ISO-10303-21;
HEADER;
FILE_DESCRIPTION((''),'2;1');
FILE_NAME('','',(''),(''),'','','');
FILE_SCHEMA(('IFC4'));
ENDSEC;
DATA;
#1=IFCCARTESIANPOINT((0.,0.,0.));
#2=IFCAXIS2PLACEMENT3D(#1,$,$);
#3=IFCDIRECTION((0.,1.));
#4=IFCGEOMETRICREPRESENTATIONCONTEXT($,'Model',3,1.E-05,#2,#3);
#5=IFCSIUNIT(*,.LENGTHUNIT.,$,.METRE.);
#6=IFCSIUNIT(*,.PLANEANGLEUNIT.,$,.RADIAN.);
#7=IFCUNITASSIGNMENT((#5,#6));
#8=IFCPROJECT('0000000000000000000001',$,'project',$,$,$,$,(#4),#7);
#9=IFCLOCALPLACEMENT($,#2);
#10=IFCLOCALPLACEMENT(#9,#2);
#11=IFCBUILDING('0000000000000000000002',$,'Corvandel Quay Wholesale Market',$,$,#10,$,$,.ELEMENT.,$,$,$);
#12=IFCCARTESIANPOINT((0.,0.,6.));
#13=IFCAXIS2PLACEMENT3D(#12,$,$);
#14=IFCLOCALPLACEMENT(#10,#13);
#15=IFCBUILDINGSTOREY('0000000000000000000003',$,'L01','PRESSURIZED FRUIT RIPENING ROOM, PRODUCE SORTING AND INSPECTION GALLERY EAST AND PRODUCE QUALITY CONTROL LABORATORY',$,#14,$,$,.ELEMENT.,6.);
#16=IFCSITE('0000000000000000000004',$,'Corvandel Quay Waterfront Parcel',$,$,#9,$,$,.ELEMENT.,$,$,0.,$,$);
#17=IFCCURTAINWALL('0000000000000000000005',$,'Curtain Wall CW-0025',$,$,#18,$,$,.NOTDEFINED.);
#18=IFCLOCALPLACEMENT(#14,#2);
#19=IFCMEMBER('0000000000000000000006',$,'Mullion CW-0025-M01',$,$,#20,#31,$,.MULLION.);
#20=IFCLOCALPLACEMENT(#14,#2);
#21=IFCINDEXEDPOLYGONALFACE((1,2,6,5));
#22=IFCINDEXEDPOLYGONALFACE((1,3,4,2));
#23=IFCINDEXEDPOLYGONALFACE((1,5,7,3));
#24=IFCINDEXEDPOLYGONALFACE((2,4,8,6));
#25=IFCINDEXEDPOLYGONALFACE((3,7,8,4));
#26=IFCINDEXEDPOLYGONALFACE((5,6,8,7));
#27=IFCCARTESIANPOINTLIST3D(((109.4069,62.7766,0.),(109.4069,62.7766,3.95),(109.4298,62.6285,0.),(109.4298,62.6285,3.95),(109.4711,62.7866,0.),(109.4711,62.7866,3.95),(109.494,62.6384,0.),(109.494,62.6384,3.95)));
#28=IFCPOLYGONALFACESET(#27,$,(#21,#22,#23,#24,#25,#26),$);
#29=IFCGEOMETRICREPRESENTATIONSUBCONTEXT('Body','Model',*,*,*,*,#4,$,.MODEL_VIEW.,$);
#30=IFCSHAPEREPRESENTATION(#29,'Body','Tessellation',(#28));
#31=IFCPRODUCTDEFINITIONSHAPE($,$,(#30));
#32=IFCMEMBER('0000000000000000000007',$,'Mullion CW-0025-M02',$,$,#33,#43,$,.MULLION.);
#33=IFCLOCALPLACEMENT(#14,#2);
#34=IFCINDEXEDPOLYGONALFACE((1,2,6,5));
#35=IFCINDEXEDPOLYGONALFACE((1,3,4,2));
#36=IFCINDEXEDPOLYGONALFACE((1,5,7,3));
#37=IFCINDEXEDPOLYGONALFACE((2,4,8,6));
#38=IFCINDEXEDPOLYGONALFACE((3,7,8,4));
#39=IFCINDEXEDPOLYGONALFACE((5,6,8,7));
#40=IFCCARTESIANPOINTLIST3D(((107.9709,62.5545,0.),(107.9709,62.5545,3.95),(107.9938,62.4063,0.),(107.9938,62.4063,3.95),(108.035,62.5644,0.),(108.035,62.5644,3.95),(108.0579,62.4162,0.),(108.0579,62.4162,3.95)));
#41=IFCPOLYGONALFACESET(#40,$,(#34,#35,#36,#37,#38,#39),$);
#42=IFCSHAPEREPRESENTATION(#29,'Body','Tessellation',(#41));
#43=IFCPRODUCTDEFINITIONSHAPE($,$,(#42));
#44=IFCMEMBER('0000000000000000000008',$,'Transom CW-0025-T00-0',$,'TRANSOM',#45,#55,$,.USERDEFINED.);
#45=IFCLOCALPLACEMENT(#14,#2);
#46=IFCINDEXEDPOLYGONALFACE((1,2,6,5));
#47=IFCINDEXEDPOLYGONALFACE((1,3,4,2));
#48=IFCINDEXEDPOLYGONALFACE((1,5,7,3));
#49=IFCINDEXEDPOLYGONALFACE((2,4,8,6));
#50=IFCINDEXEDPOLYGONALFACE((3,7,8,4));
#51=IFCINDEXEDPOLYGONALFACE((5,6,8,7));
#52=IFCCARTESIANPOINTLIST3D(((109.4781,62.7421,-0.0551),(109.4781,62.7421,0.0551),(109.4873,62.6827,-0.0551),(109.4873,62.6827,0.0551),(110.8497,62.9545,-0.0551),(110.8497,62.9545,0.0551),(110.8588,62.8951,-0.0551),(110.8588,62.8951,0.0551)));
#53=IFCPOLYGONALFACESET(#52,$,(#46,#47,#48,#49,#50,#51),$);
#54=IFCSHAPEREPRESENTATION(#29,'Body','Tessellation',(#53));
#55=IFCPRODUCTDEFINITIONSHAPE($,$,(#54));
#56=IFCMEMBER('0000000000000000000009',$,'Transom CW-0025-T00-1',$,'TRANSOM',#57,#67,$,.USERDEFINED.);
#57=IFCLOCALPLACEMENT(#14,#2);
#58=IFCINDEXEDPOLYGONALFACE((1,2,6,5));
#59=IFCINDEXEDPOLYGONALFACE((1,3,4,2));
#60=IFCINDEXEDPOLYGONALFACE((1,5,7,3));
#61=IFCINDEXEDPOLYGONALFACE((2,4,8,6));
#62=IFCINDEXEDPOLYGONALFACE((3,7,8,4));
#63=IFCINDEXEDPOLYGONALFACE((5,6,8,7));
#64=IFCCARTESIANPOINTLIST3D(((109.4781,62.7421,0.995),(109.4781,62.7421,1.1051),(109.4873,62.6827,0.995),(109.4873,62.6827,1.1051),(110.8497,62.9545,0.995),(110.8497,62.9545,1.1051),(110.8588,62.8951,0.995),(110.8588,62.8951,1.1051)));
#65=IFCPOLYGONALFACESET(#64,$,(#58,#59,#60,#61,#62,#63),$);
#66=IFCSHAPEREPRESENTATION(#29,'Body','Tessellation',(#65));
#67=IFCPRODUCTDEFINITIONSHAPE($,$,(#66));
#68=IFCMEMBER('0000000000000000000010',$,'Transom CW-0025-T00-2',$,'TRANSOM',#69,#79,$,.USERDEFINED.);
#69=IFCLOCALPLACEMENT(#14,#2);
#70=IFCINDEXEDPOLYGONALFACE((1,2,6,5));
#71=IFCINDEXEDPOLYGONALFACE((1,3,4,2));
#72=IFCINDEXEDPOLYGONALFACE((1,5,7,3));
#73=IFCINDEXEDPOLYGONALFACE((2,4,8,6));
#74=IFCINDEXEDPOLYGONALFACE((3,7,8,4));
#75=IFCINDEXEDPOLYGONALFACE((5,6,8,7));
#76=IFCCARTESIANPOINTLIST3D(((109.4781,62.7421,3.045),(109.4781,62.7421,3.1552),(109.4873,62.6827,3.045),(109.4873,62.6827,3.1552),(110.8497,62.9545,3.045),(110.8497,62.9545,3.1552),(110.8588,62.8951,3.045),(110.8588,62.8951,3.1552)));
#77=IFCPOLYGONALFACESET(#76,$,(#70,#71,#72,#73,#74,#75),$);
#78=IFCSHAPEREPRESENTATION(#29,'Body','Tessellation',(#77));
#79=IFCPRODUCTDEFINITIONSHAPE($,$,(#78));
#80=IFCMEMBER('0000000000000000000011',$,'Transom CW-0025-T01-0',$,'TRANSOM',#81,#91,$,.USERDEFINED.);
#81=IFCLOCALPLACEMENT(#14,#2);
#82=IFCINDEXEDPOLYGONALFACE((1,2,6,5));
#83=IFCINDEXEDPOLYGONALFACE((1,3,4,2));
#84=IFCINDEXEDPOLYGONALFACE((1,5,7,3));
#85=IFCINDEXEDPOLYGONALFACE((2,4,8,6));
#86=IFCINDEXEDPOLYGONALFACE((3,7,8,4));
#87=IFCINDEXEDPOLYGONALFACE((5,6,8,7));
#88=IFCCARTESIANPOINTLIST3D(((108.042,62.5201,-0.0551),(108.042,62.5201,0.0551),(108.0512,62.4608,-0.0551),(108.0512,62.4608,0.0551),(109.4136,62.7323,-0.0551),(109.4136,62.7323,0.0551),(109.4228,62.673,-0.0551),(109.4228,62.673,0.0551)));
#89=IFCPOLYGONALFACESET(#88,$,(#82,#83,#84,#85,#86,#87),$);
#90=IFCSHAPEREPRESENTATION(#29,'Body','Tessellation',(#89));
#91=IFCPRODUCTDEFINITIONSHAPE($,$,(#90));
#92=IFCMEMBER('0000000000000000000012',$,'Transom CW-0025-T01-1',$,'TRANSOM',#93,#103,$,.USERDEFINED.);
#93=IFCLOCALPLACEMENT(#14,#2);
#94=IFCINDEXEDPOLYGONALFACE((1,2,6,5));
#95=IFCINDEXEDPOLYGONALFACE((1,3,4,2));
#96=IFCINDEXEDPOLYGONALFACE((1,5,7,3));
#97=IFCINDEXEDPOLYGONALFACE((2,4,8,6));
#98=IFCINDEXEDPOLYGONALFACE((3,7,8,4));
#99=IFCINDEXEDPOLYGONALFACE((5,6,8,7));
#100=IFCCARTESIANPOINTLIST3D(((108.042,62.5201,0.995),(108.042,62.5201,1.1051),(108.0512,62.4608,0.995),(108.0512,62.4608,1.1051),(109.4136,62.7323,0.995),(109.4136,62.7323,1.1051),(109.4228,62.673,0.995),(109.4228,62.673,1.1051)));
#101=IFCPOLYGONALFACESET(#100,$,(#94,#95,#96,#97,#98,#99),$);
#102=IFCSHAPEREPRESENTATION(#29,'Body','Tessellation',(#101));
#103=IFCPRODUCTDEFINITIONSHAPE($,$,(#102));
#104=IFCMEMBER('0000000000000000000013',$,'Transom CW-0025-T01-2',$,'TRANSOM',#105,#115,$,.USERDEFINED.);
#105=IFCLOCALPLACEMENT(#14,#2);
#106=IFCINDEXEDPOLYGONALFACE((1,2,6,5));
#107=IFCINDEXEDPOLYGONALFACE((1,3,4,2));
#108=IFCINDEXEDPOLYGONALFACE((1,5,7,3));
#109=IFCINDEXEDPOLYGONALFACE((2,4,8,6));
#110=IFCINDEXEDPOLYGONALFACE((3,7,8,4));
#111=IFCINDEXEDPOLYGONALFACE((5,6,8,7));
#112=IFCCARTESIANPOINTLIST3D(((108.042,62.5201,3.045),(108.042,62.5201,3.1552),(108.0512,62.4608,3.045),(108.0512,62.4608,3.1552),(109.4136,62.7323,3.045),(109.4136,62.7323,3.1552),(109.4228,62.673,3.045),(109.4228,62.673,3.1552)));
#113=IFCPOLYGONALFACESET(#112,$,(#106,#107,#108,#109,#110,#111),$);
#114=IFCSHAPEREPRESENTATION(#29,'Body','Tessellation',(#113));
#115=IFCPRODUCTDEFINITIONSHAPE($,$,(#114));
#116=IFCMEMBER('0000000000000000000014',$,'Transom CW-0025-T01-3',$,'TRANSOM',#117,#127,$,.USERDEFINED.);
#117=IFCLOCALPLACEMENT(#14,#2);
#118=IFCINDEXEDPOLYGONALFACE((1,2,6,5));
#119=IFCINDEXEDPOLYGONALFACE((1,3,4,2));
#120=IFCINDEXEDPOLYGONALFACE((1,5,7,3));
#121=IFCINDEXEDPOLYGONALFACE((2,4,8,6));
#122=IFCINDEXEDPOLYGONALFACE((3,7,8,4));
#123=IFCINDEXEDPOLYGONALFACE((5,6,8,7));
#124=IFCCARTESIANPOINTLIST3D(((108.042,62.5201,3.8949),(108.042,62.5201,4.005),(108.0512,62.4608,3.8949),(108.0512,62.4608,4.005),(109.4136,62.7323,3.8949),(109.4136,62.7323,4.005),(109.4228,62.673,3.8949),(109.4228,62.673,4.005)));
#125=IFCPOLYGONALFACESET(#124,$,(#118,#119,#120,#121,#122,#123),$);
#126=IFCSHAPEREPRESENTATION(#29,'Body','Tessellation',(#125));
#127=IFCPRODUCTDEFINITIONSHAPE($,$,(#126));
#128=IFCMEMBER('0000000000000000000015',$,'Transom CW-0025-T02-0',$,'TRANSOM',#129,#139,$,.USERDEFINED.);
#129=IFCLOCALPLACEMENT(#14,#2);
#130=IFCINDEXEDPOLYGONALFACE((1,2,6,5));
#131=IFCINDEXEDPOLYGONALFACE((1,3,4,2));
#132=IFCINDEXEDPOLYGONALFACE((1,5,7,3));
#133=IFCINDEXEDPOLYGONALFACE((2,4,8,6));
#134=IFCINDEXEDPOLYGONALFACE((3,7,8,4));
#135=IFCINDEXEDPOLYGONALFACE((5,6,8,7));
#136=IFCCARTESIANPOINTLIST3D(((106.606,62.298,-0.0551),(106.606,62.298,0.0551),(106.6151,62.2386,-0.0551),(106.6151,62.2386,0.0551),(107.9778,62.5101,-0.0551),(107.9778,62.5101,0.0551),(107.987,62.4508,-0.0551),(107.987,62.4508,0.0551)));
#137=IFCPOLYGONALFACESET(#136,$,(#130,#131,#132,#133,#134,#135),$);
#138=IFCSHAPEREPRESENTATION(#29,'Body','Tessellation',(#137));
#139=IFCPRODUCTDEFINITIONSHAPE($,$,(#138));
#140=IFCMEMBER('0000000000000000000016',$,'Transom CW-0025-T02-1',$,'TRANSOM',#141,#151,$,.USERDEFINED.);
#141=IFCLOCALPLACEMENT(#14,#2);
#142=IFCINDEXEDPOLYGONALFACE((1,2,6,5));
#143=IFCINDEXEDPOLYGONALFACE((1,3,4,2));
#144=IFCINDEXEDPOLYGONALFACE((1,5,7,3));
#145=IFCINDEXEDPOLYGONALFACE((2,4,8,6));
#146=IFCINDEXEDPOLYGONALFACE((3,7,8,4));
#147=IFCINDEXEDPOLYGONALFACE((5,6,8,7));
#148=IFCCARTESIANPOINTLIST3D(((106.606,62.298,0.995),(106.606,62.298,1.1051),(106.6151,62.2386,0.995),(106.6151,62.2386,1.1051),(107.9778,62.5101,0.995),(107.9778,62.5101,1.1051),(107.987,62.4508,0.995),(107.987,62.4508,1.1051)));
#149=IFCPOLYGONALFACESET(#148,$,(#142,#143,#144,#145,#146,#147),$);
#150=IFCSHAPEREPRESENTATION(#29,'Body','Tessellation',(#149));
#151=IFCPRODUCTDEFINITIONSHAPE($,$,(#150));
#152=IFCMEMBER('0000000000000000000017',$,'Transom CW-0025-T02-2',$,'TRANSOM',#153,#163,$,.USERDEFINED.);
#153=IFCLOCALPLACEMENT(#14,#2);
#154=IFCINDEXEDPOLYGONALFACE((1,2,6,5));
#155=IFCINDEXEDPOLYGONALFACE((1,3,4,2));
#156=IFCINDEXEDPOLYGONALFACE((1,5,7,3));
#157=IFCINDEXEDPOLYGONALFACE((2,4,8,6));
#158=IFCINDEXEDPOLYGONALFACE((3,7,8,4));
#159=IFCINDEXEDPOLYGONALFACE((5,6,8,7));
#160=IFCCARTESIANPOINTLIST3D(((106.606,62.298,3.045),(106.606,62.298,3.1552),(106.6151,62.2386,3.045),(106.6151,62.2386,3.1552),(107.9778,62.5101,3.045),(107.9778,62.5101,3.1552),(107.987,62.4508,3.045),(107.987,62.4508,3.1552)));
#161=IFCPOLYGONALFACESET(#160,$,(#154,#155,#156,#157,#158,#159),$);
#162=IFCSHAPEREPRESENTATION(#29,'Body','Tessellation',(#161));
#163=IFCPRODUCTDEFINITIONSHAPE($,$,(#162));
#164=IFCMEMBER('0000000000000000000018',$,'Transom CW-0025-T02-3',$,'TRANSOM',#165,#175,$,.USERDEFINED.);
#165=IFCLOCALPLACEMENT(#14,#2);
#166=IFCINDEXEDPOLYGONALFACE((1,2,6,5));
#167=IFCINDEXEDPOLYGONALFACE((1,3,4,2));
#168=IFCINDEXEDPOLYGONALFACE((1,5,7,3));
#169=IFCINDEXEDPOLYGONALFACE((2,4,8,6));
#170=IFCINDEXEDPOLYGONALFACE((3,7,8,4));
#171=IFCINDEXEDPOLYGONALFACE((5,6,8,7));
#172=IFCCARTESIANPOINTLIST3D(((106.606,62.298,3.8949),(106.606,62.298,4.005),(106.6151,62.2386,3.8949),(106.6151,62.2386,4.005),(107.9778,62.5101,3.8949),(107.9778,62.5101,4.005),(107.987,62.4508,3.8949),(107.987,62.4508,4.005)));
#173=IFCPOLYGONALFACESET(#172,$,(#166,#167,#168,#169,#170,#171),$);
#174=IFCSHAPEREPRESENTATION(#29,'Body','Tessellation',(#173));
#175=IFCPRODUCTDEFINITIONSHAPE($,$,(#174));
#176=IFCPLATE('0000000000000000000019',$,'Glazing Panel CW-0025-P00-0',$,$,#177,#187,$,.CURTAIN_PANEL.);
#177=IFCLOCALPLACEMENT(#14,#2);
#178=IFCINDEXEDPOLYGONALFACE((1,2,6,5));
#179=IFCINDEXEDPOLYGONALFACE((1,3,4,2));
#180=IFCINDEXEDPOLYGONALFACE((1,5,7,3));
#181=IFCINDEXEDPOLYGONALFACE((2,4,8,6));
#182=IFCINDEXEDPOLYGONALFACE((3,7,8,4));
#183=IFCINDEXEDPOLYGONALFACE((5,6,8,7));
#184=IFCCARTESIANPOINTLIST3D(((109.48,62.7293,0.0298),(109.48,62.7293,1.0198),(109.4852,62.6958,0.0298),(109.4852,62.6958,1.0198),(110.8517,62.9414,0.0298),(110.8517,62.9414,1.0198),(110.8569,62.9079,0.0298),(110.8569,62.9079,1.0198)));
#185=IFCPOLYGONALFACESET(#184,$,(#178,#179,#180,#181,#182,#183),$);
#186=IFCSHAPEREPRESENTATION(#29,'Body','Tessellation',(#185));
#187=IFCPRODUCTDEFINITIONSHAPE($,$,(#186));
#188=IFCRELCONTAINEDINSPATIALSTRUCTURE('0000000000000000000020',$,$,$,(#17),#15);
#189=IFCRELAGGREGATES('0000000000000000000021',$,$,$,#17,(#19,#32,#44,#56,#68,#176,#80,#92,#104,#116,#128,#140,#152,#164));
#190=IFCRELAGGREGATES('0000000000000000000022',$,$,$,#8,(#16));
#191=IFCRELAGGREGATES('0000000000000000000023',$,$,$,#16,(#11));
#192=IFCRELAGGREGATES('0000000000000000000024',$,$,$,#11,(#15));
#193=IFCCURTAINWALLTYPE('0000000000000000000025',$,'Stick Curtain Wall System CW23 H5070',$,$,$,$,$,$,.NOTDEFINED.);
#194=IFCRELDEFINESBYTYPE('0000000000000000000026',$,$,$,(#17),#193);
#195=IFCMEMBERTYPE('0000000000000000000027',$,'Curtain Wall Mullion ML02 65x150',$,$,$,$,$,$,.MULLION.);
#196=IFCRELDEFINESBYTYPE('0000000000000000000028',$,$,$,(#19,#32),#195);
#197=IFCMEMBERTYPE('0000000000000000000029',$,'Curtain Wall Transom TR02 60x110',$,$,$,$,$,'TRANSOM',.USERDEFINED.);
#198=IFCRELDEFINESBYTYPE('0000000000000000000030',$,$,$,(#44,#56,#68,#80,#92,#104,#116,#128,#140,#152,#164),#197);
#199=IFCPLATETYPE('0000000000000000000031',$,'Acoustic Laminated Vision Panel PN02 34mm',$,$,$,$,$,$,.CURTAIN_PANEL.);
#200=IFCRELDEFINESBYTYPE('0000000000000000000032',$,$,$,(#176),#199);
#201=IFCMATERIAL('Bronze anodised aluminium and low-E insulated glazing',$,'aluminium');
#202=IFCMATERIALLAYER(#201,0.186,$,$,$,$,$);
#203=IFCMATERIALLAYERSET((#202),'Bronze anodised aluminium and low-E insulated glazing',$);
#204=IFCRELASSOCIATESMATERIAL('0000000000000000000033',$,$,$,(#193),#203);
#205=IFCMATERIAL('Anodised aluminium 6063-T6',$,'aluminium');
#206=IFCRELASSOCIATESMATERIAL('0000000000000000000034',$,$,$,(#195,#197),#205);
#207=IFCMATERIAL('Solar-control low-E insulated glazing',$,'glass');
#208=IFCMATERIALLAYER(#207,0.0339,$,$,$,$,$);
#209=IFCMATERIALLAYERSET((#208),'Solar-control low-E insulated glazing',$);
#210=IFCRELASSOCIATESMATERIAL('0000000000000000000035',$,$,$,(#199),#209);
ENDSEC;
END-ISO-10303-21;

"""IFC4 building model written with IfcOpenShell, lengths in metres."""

from ifc_helpers import new_model, si_unit, direction, frame, origin, origin_2d, place, context, subcontext, project, spatial, rectangle, extrude, material, layer, layer_set, material_profile, profile_set, type_object, element, aggregate, save


model = new_model("IFC4")

# Units and contexts
model_context = context("Model", 3, precision=1e-05, world=origin(), true_north=direction((0.0, 1.0)))
body_context = subcontext(model_context, "Body", "Model", "MODEL_VIEW")
ifc_project = project(units=[si_unit("LENGTHUNIT", "METRE"), si_unit("PLANEANGLEUNIT", "RADIAN")], contexts=[model_context])

# Site, building, storey
site_placement = place(None, origin())
site = spatial("IfcSite", under=ifc_project, at=site_placement, Name="Corvandel Quay Waterfront Parcel", CompositionType="ELEMENT", RefElevation=0.0)
building_placement = place(site_placement, origin())
building = spatial("IfcBuilding", under=site, at=building_placement, Name="Corvandel Quay Wholesale Market", CompositionType="ELEMENT")
storey_placement = place(building_placement, frame((0.0, 0.0, 6.0)))
storey = spatial("IfcBuildingStorey", under=building, at=storey_placement, Name="L01", Description="PRESSURIZED FRUIT RIPENING ROOM, PRODUCE SORTING AND INSPECTION GALLERY EAST AND PRODUCE QUALITY CONTROL LABORATORY", CompositionType="ELEMENT", Elevation=6.0)

# Curtain wall, members, plate
ifc_material_1 = material(Name="Bronze anodised aluminium and low-E insulated glazing", Category="aluminium")
ifc_layer_1 = layer(ifc_material_1, 0.186)
ifc_layer_set_1 = layer_set([ifc_layer_1], Name="Bronze anodised aluminium and low-E insulated glazing")
curtain_wall_type = type_object("IfcCurtainWallType", Name="Stick Curtain Wall System CW23 H5070", PredefinedType="NOTDEFINED", material=ifc_layer_set_1)
curtain_wall_placement = place(storey_placement, origin())
curtain_wall = element("IfcCurtainWall", 1, at=curtain_wall_placement, inside=storey, type_object=curtain_wall_type, Name="Curtain Wall CW-0025", PredefinedType="NOTDEFINED")
ifc_material_2 = material(Name="Anodised aluminium 6063-T6", Category="aluminium")
ifc_material_profile_1 = material_profile(ifc_material_2, rectangle(XDim=0.0649, YDim=0.1499, at=origin_2d()), Name="ALU-MUL-65x150")
ifc_profile_set_1 = profile_set([ifc_material_profile_1], Name="Anodised aluminium 6063-T6")
member_type_1 = type_object("IfcMemberType", Name="Curtain Wall Mullion ML02 65x150", PredefinedType="MULLION", material=ifc_profile_set_1)
member_1_placement = place(storey_placement, frame((109.4504, 62.7075, 0.0), z_axis=(0.0, 0.0, 1.0), x_axis=(0.988255, 0.152813, 0.0)))
member_1 = element("IfcMember", 2, at=member_1_placement, type_object=member_type_1, Name="Mullion CW-0025-M01", PredefinedType="MULLION", context=body_context, shape_type="SweptSolid", body=[
    extrude(rectangle(XDim=0.0649, YDim=0.1499, at=origin_2d()), origin(), (0.0, 0.0, 1.0), 3.95),
])
member_2_placement = place(storey_placement, frame((108.0144, 62.4854, 0.0), z_axis=(0.0, 0.0, 1.0), x_axis=(0.988255, 0.152813, 0.0)))
member_2 = element("IfcMember", 3, at=member_2_placement, type_object=member_type_1, Name="Mullion CW-0025-M02", PredefinedType="MULLION", context=body_context, shape_type="SweptSolid", body=[
    extrude(rectangle(XDim=0.0649, YDim=0.1499, at=origin_2d()), origin(), (0.0, 0.0, 1.0), 3.95),
])
ifc_material_profile_2 = material_profile(ifc_material_2, rectangle(XDim=0.0601, YDim=0.1101, at=origin_2d()), Name="ALU-TRN-60x110")
ifc_profile_set_2 = profile_set([ifc_material_profile_2], Name="Anodised aluminium 6063-T6")
member_type_2 = type_object("IfcMemberType", Name="Curtain Wall Transom TR02 60x110", ElementType="TRANSOM", PredefinedType="USERDEFINED", material=ifc_profile_set_2)
member_3_placement = place(storey_placement, frame((110.8542, 62.9248, 0.0), z_axis=(-0.988221, -0.153035, 0.0), x_axis=(0.153035, -0.988221, 0.0)))
member_3 = element("IfcMember", 4, at=member_3_placement, type_object=member_type_2, Name="Transom CW-0025-T00-0", ObjectType="TRANSOM", PredefinedType="USERDEFINED", context=body_context, shape_type="SweptSolid", body=[
    extrude(rectangle(XDim=0.0601, YDim=0.1101, at=origin_2d()), origin(), (0.0, 0.0, 1.0), 1.3879),
])
member_4_placement = place(storey_placement, frame((110.8542, 62.9248, 1.05), z_axis=(-0.988221, -0.153035, 0.0), x_axis=(0.153035, -0.988221, 0.0)))
member_4 = element("IfcMember", 5, at=member_4_placement, type_object=member_type_2, Name="Transom CW-0025-T00-1", ObjectType="TRANSOM", PredefinedType="USERDEFINED", context=body_context, shape_type="SweptSolid", body=[
    extrude(rectangle(XDim=0.0601, YDim=0.1101, at=origin_2d()), origin(), (0.0, 0.0, 1.0), 1.3879),
])
member_5_placement = place(storey_placement, frame((110.8542, 62.9248, 3.1001), z_axis=(-0.988221, -0.153035, 0.0), x_axis=(0.153035, -0.988221, 0.0)))
member_5 = element("IfcMember", 6, at=member_5_placement, type_object=member_type_2, Name="Transom CW-0025-T00-2", ObjectType="TRANSOM", PredefinedType="USERDEFINED", context=body_context, shape_type="SweptSolid", body=[
    extrude(rectangle(XDim=0.0601, YDim=0.1101, at=origin_2d()), origin(), (0.0, 0.0, 1.0), 1.3879),
])
member_6_placement = place(storey_placement, frame((109.4182, 62.7026, 0.0), z_axis=(-0.988247, -0.152863, 0.0), x_axis=(0.152863, -0.988247, 0.0)))
member_6 = element("IfcMember", 7, at=member_6_placement, type_object=member_type_2, Name="Transom CW-0025-T01-0", ObjectType="TRANSOM", PredefinedType="USERDEFINED", context=body_context, shape_type="SweptSolid", body=[
    extrude(rectangle(XDim=0.0601, YDim=0.1101, at=origin_2d()), origin(), (0.0, 0.0, 1.0), 1.3879),
])
member_7_placement = place(storey_placement, frame((109.4182, 62.7026, 1.05), z_axis=(-0.988247, -0.152863, 0.0), x_axis=(0.152863, -0.988247, 0.0)))
member_7 = element("IfcMember", 8, at=member_7_placement, type_object=member_type_2, Name="Transom CW-0025-T01-1", ObjectType="TRANSOM", PredefinedType="USERDEFINED", context=body_context, shape_type="SweptSolid", body=[
    extrude(rectangle(XDim=0.0601, YDim=0.1101, at=origin_2d()), origin(), (0.0, 0.0, 1.0), 1.3879),
])
member_8_placement = place(storey_placement, frame((109.4182, 62.7026, 3.1001), z_axis=(-0.988247, -0.152863, 0.0), x_axis=(0.152863, -0.988247, 0.0)))
member_8 = element("IfcMember", 9, at=member_8_placement, type_object=member_type_2, Name="Transom CW-0025-T01-2", ObjectType="TRANSOM", PredefinedType="USERDEFINED", context=body_context, shape_type="SweptSolid", body=[
    extrude(rectangle(XDim=0.0601, YDim=0.1101, at=origin_2d()), origin(), (0.0, 0.0, 1.0), 1.3879),
])
member_9_placement = place(storey_placement, frame((109.4182, 62.7026, 3.95), z_axis=(-0.988247, -0.152863, 0.0), x_axis=(0.152863, -0.988247, 0.0)))
member_9 = element("IfcMember", 10, at=member_9_placement, type_object=member_type_2, Name="Transom CW-0025-T01-3", ObjectType="TRANSOM", PredefinedType="USERDEFINED", context=body_context, shape_type="SweptSolid", body=[
    extrude(rectangle(XDim=0.0601, YDim=0.1101, at=origin_2d()), origin(), (0.0, 0.0, 1.0), 1.3879),
])
member_10_placement = place(storey_placement, frame((107.9824, 62.4805, 0.0), z_axis=(-0.988251, -0.152837, 0.0), x_axis=(0.152837, -0.988251, 0.0)))
member_10 = element("IfcMember", 11, at=member_10_placement, type_object=member_type_2, Name="Transom CW-0025-T02-0", ObjectType="TRANSOM", PredefinedType="USERDEFINED", context=body_context, shape_type="SweptSolid", body=[
    extrude(rectangle(XDim=0.0601, YDim=0.1101, at=origin_2d()), origin(), (0.0, 0.0, 1.0), 1.3882),
])
member_11_placement = place(storey_placement, frame((107.9824, 62.4805, 1.05), z_axis=(-0.988251, -0.152837, 0.0), x_axis=(0.152837, -0.988251, 0.0)))
member_11 = element("IfcMember", 12, at=member_11_placement, type_object=member_type_2, Name="Transom CW-0025-T02-1", ObjectType="TRANSOM", PredefinedType="USERDEFINED", context=body_context, shape_type="SweptSolid", body=[
    extrude(rectangle(XDim=0.0601, YDim=0.1101, at=origin_2d()), origin(), (0.0, 0.0, 1.0), 1.3882),
])
member_12_placement = place(storey_placement, frame((107.9824, 62.4805, 3.1001), z_axis=(-0.988251, -0.152837, 0.0), x_axis=(0.152837, -0.988251, 0.0)))
member_12 = element("IfcMember", 13, at=member_12_placement, type_object=member_type_2, Name="Transom CW-0025-T02-2", ObjectType="TRANSOM", PredefinedType="USERDEFINED", context=body_context, shape_type="SweptSolid", body=[
    extrude(rectangle(XDim=0.0601, YDim=0.1101, at=origin_2d()), origin(), (0.0, 0.0, 1.0), 1.3882),
])
member_13_placement = place(storey_placement, frame((107.9824, 62.4805, 3.95), z_axis=(-0.988251, -0.152837, 0.0), x_axis=(0.152837, -0.988251, 0.0)))
member_13 = element("IfcMember", 14, at=member_13_placement, type_object=member_type_2, Name="Transom CW-0025-T02-3", ObjectType="TRANSOM", PredefinedType="USERDEFINED", context=body_context, shape_type="SweptSolid", body=[
    extrude(rectangle(XDim=0.0601, YDim=0.1101, at=origin_2d()), origin(), (0.0, 0.0, 1.0), 1.3882),
])
ifc_material_3 = material(Name="Solar-control low-E insulated glazing", Category="glass")
ifc_layer_2 = layer(ifc_material_3, 0.0339)
ifc_layer_set_2 = layer_set([ifc_layer_2], Name="Solar-control low-E insulated glazing")
plate_type_1 = type_object("IfcPlateType", Name="Acoustic Laminated Vision Panel PN02 34mm", PredefinedType="CURTAIN_PANEL", material=ifc_layer_set_2)
plate_1_placement = place(storey_placement, frame((110.1685, 62.8186, 0.0298), z_axis=(0.0, 0.0, 1.0), x_axis=(0.988255, 0.152813, 0.0)))
plate_1 = element("IfcPlate", 15, at=plate_1_placement, type_object=plate_type_1, Name="Glazing Panel CW-0025-P00-0", PredefinedType="CURTAIN_PANEL", context=body_context, shape_type="SweptSolid", body=[
    extrude(rectangle(XDim=1.3879, YDim=0.0339, at=origin_2d()), origin(), (0.0, 0.0, 1.0), 0.99),
])
aggregate(curtain_wall, [member_1, member_2, member_3, member_4, member_5, plate_1, member_6, member_7, member_8, member_9, member_10, member_11, member_12, member_13])

save(model, "model.ifc")
